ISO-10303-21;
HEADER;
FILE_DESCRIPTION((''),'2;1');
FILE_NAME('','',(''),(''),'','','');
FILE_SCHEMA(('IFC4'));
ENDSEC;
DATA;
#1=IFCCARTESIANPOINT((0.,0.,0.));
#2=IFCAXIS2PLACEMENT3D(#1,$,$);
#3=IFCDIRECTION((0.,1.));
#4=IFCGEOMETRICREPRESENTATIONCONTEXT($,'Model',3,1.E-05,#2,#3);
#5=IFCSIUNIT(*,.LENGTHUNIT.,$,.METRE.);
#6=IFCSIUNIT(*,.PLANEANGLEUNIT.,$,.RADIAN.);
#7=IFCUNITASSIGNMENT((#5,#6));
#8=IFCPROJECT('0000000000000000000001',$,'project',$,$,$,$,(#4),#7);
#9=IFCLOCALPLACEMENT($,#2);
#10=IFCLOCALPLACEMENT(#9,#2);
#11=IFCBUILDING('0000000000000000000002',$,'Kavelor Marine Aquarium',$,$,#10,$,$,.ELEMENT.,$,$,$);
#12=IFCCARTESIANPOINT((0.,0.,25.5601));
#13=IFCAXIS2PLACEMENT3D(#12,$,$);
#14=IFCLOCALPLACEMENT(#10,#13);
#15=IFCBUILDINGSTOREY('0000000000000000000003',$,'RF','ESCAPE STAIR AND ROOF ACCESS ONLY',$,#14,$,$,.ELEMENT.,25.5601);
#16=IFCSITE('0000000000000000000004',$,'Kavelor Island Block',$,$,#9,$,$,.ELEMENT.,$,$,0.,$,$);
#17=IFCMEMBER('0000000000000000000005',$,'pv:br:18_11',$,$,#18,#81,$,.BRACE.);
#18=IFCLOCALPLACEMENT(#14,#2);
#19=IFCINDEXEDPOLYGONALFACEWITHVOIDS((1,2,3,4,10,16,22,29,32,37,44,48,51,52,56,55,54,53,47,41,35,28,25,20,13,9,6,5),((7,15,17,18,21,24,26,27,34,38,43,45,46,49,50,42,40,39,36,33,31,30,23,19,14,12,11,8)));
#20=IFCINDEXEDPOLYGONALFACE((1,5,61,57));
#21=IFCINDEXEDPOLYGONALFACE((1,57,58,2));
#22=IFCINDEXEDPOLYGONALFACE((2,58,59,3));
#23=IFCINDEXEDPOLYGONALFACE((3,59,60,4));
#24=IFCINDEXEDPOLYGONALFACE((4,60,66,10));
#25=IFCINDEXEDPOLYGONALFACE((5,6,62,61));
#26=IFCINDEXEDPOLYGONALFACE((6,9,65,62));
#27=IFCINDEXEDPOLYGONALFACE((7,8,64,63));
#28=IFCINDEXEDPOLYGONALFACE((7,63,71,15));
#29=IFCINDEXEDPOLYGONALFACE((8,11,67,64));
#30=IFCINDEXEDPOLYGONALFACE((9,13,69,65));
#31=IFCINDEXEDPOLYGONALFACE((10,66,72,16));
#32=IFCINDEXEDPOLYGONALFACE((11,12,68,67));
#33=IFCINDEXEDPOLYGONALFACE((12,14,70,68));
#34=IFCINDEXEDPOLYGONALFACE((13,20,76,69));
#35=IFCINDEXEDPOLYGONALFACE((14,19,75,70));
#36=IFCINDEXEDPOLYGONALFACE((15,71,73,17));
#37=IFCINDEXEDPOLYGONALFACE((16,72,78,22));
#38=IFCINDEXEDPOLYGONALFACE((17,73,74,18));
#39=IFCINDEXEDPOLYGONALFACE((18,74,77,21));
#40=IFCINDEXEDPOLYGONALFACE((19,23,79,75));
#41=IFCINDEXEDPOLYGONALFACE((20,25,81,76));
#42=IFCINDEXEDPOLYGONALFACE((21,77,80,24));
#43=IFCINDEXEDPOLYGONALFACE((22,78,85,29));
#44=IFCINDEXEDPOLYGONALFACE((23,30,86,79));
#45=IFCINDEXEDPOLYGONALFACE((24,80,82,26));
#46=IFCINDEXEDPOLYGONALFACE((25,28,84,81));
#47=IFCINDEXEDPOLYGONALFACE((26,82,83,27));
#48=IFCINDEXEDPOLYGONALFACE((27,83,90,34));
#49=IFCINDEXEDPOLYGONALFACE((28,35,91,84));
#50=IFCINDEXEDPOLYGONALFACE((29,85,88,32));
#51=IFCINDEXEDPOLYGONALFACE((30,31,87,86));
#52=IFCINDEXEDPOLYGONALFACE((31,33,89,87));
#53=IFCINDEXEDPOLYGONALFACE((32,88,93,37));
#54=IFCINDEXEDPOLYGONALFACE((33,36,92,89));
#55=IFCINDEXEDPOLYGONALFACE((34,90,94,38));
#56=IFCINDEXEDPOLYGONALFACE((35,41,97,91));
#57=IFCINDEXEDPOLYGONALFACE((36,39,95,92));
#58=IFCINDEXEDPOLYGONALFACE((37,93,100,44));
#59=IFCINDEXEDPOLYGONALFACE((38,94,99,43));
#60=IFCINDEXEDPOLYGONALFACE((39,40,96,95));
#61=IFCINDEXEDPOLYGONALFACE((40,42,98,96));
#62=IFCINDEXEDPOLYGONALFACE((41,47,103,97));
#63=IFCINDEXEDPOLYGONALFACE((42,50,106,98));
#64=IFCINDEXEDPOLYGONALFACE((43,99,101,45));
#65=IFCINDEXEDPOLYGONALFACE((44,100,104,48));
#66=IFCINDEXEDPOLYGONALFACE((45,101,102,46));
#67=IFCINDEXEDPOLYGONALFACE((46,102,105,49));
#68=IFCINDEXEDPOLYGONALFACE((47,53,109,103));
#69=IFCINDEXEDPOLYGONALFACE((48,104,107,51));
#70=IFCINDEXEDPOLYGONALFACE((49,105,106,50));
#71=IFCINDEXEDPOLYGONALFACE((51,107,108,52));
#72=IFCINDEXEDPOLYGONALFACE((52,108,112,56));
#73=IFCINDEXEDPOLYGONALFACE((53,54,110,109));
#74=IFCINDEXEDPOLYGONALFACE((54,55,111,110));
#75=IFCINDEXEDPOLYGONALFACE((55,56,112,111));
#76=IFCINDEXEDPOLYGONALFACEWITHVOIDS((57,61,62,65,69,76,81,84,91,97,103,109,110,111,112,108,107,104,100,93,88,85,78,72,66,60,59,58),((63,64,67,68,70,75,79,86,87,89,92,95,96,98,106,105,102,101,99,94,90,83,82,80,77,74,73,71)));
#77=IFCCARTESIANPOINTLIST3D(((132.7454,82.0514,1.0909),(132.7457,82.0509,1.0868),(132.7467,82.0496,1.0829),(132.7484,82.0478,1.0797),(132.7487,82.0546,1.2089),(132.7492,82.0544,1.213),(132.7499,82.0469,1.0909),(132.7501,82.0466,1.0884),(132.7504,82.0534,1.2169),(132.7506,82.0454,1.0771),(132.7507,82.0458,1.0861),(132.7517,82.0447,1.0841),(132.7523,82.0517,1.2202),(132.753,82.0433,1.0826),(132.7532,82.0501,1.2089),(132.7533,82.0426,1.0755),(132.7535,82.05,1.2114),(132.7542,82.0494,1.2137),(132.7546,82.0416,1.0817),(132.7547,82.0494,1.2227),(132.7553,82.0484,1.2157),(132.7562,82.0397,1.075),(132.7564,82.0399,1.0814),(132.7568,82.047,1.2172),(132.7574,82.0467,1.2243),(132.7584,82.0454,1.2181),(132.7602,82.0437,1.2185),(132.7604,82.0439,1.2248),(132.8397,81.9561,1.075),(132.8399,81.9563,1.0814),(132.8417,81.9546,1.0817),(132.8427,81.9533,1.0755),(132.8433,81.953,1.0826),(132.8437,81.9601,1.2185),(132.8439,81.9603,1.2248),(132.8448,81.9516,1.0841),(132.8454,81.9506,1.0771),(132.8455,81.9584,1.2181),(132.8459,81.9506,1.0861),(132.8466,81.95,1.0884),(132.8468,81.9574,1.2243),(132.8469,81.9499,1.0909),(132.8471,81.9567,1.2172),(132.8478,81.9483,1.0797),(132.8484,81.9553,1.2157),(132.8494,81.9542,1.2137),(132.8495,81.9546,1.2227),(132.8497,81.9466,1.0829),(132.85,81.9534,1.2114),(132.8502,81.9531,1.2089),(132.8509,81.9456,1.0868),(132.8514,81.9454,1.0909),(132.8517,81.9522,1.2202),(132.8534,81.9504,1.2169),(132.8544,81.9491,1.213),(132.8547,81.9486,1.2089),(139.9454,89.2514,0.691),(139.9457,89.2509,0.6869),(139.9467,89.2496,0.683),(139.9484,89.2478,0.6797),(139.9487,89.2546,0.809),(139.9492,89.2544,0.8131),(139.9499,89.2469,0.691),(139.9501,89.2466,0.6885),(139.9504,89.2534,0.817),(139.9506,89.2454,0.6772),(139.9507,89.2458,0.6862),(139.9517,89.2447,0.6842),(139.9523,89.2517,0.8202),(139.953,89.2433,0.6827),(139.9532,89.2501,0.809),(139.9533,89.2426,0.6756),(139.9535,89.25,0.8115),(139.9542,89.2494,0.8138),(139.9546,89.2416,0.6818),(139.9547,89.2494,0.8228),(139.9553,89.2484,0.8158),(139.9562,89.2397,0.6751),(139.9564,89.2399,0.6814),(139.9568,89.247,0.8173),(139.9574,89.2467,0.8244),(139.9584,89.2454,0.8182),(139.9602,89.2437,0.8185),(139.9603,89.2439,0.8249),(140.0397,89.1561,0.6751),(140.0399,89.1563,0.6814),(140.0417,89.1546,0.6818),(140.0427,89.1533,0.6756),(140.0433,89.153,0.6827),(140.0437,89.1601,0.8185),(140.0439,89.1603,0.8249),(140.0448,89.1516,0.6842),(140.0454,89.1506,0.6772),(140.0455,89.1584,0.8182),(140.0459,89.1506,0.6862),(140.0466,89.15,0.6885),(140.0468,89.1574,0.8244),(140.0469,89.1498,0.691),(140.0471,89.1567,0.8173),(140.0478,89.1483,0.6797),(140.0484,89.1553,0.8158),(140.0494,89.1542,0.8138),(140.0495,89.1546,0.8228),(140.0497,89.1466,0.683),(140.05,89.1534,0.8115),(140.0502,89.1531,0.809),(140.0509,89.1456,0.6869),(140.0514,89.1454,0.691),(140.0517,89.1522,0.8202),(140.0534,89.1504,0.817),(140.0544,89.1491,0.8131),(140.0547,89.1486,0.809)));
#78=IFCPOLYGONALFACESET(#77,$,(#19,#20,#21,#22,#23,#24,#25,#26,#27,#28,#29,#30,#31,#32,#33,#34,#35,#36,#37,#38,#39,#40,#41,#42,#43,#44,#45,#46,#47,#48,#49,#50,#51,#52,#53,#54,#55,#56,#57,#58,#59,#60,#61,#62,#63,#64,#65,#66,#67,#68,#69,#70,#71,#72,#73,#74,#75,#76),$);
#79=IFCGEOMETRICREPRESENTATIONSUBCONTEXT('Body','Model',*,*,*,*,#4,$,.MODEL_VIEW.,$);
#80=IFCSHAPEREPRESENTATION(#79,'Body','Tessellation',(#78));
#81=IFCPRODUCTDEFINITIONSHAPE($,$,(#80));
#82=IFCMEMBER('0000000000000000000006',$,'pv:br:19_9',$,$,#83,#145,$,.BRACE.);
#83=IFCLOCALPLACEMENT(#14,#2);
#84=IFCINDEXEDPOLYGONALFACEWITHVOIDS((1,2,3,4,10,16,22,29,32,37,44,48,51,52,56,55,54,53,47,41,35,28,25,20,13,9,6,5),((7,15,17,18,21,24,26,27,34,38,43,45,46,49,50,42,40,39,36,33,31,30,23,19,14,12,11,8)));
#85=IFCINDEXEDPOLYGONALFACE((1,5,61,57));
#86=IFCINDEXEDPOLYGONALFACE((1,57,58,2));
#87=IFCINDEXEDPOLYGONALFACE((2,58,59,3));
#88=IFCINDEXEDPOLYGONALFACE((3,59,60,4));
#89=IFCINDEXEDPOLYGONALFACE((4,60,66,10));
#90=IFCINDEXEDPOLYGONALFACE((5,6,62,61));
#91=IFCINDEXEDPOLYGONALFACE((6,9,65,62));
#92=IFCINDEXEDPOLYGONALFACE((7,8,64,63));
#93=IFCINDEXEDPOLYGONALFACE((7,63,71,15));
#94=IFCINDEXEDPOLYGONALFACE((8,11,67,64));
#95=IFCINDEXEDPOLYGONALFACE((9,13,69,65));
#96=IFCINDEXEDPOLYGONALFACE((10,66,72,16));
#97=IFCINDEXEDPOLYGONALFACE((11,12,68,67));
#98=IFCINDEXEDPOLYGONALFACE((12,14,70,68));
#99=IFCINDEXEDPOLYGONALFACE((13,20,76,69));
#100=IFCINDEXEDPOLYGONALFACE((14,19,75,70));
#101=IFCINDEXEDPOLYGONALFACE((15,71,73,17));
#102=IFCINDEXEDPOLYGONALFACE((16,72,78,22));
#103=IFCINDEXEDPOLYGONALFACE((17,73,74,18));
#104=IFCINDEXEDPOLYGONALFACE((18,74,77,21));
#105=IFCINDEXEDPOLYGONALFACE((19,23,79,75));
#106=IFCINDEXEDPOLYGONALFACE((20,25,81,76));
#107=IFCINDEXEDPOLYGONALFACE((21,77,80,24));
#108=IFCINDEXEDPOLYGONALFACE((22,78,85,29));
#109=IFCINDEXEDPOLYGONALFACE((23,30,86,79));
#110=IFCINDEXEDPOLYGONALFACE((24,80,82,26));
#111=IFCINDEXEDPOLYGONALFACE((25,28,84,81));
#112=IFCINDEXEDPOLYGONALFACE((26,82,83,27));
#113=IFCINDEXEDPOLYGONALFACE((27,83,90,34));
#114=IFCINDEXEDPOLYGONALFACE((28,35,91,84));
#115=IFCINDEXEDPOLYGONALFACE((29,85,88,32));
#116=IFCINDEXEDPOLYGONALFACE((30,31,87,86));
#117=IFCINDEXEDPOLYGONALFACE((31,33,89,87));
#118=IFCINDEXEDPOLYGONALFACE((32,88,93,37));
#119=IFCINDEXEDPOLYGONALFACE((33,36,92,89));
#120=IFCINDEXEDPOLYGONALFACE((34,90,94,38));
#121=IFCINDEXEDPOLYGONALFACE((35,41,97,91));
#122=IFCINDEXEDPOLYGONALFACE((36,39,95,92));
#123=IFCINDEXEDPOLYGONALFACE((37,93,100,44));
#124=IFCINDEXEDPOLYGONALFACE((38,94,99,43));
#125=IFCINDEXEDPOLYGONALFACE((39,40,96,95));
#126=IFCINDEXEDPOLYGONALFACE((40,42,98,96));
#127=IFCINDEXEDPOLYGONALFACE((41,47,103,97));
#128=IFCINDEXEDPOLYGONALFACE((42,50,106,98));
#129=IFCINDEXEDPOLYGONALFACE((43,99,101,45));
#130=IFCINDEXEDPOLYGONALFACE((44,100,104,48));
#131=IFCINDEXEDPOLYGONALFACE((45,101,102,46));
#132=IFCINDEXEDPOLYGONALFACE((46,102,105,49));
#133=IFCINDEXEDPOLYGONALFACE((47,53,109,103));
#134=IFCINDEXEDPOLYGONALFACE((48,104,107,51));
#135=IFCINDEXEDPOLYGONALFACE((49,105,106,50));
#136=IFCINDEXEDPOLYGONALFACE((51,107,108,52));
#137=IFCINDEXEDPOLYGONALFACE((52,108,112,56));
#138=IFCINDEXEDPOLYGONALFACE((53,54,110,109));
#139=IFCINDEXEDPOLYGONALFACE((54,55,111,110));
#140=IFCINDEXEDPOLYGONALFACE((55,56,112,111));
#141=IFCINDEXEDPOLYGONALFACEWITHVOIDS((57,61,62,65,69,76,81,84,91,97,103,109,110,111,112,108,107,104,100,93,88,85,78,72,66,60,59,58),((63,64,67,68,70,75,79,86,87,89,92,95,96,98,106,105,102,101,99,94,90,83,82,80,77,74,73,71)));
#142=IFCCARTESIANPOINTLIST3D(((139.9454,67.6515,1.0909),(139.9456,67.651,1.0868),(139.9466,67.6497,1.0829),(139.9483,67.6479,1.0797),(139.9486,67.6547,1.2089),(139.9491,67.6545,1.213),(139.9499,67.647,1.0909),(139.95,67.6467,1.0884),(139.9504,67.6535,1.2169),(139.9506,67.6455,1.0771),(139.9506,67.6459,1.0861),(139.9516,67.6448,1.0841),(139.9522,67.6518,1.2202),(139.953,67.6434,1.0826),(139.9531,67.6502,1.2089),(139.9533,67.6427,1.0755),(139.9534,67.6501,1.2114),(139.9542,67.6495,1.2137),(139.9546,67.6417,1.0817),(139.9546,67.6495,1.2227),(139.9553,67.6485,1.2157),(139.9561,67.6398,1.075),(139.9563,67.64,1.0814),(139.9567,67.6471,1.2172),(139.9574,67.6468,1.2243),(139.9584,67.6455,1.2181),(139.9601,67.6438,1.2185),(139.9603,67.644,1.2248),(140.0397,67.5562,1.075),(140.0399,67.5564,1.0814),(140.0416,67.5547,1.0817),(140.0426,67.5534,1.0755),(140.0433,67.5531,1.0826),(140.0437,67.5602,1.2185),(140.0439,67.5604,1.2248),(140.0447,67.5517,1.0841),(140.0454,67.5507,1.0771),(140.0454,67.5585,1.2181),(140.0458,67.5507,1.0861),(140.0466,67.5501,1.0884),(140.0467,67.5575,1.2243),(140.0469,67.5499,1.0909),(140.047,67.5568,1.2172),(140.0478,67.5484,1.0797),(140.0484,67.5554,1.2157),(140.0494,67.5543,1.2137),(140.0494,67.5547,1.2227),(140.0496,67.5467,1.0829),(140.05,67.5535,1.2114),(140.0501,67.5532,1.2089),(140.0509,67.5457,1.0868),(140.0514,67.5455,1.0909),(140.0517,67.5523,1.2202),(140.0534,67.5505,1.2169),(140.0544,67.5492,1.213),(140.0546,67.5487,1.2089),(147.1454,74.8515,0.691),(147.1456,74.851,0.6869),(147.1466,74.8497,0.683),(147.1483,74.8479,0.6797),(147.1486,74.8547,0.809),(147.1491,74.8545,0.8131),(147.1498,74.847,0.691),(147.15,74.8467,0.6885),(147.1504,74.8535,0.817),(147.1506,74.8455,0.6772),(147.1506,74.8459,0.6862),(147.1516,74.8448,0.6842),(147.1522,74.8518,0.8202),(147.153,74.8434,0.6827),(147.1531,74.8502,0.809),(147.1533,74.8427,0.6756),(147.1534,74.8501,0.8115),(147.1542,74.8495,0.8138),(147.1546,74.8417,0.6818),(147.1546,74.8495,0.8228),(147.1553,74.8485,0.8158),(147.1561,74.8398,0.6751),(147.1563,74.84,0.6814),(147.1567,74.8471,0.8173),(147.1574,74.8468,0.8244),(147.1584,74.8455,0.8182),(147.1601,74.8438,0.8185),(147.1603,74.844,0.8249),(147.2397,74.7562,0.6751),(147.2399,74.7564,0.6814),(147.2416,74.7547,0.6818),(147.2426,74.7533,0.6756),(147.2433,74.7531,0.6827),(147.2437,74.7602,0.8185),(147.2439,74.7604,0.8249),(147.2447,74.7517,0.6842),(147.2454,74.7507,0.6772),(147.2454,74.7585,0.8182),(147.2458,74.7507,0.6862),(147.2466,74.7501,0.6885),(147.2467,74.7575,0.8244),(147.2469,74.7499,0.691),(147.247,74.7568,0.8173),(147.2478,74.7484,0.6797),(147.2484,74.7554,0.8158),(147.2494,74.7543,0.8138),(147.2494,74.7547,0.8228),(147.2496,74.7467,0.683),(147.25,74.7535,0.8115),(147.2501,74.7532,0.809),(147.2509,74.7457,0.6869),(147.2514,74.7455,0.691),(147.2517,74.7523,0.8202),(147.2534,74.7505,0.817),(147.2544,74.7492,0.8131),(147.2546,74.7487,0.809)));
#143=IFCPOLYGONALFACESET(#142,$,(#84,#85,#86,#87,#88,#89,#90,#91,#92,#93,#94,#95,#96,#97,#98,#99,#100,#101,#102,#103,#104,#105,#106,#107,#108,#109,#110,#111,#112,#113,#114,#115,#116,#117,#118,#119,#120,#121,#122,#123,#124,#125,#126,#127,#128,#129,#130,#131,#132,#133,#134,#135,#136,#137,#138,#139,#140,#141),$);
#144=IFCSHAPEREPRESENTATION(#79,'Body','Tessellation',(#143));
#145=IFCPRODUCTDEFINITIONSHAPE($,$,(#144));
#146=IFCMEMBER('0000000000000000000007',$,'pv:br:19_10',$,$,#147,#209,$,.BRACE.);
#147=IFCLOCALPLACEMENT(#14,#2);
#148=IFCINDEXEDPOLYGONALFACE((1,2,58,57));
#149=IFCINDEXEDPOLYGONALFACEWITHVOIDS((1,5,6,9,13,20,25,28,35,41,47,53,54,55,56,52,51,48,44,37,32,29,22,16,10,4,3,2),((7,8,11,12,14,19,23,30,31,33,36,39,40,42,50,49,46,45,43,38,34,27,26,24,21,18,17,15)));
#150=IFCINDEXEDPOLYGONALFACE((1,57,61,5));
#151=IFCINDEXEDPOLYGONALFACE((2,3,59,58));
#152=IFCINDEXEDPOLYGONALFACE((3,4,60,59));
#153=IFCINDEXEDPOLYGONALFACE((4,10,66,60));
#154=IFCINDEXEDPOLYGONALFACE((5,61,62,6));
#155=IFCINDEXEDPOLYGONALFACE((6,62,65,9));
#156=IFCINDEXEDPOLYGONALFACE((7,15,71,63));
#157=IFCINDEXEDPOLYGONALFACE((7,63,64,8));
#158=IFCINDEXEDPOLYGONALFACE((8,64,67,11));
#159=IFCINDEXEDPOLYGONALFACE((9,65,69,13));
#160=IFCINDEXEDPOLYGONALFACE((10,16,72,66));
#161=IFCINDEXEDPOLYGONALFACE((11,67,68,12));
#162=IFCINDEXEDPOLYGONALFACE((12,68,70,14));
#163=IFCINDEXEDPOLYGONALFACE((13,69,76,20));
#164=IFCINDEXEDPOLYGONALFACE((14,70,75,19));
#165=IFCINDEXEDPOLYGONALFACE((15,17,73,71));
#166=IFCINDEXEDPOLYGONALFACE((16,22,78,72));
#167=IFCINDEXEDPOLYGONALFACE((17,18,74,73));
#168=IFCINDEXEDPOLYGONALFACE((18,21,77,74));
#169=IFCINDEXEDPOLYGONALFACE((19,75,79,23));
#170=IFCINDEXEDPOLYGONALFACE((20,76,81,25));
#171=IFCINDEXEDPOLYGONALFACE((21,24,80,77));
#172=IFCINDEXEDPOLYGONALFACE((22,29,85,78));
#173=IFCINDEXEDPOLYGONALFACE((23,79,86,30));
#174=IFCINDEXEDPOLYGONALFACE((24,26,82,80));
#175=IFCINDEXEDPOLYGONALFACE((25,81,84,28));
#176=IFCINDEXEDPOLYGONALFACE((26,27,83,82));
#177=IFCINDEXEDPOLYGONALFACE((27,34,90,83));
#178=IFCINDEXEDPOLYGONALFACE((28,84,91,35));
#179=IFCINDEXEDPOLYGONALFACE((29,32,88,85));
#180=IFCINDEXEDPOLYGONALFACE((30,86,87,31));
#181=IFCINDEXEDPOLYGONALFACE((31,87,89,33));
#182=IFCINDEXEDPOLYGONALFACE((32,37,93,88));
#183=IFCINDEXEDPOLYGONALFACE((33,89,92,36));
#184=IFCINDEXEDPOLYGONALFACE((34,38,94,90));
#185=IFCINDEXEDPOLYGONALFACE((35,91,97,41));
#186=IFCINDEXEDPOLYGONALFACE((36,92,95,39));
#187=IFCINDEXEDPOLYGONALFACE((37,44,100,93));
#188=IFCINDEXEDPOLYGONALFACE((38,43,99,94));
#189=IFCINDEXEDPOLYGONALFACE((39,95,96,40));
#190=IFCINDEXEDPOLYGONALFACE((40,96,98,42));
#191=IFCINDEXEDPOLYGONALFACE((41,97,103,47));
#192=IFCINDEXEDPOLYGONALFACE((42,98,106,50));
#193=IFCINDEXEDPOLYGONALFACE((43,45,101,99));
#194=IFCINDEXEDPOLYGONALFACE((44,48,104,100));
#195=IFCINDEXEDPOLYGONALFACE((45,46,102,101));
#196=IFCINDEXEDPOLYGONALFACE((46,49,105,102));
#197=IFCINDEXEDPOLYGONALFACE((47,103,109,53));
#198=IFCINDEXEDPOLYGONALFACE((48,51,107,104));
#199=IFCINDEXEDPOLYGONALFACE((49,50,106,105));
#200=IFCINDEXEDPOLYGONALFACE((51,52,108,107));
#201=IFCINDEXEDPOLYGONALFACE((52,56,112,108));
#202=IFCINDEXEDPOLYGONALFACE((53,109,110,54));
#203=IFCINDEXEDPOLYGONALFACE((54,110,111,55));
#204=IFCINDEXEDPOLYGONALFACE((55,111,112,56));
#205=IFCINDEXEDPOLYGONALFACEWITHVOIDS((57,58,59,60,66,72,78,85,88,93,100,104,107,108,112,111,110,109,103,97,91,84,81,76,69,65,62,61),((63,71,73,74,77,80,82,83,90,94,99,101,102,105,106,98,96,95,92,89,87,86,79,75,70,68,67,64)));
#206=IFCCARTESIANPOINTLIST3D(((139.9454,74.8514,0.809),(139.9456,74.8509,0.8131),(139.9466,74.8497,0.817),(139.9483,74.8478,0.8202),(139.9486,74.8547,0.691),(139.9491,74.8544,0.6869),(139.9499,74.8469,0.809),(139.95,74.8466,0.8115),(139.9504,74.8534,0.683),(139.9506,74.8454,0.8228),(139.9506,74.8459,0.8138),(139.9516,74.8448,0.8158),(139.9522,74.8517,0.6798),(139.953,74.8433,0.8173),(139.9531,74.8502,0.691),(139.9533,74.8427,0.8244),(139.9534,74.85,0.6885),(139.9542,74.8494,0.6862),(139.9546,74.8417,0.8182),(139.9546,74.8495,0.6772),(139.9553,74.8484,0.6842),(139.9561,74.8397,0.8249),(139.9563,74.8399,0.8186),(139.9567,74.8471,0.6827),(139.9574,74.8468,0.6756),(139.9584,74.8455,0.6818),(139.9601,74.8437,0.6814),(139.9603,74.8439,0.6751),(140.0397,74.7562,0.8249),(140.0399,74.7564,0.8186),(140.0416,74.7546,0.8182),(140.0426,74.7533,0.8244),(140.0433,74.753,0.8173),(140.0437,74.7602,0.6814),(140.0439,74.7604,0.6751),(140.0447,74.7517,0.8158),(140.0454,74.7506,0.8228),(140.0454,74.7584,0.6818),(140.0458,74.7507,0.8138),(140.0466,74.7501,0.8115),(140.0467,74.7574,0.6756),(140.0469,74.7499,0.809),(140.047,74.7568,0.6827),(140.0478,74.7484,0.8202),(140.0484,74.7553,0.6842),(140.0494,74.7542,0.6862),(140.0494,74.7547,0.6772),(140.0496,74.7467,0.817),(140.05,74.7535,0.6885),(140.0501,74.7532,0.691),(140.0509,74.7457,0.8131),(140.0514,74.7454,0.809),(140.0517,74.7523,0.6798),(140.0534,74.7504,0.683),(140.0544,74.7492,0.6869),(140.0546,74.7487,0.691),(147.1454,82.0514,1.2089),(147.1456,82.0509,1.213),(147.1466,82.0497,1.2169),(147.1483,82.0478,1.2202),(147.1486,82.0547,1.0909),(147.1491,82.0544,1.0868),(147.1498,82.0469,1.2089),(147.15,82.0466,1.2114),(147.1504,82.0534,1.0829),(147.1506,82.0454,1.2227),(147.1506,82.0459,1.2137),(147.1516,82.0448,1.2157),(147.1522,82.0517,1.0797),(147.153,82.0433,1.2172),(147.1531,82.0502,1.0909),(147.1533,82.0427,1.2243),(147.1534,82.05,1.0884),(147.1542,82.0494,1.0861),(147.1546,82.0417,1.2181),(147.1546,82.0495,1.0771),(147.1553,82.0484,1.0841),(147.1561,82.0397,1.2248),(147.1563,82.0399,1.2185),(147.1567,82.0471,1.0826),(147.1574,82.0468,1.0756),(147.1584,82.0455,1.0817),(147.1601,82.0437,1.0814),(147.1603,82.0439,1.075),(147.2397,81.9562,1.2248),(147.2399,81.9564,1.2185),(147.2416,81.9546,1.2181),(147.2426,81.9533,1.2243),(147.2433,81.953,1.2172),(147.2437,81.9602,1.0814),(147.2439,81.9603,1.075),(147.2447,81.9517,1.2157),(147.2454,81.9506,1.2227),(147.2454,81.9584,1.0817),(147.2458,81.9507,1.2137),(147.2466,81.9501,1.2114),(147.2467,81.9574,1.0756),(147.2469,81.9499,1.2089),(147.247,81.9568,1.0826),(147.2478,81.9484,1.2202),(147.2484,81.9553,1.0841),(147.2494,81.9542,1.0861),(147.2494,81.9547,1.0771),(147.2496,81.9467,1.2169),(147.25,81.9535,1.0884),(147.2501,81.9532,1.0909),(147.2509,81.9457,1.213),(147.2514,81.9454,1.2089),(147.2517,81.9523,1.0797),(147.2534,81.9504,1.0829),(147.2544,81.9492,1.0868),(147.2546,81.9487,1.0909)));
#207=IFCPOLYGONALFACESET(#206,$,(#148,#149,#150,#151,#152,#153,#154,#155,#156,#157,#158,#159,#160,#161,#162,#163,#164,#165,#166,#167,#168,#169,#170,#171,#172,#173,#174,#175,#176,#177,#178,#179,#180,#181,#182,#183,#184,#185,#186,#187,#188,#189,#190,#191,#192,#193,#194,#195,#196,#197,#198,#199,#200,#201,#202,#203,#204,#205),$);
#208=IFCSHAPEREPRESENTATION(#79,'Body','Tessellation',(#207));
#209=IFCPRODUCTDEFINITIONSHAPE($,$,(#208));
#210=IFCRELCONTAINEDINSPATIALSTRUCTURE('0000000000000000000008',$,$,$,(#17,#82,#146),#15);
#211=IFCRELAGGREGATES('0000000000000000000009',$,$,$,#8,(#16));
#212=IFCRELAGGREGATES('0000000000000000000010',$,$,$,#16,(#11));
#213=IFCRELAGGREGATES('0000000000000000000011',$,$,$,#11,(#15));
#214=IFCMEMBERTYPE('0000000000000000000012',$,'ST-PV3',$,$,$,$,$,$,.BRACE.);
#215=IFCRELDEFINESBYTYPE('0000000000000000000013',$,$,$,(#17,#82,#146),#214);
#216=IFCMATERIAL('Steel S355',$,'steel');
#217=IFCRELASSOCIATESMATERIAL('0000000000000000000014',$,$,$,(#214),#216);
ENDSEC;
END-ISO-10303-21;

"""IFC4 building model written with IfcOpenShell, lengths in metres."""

from ifc_helpers import new_model, si_unit, direction, frame, origin, origin_2d, place, context, subcontext, project, spatial, hollow_rectangle, extrude, material, material_profile, profile_set, type_object, element, save


model = new_model("IFC4")

# Units and contexts
model_context = context("Model", 3, precision=1e-05, world=origin(), true_north=direction((0.0, 1.0)))
body_context = subcontext(model_context, "Body", "Model", "MODEL_VIEW")
ifc_project = project(units=[si_unit("LENGTHUNIT", "METRE"), si_unit("PLANEANGLEUNIT", "RADIAN")], contexts=[model_context])

# Site, building, storey
site_placement = place(None, origin())
site = spatial("IfcSite", under=ifc_project, at=site_placement, Name="Kavelor Island Block", CompositionType="ELEMENT", RefElevation=0.0)
building_placement = place(site_placement, origin())
building = spatial("IfcBuilding", under=site, at=building_placement, Name="Kavelor Marine Aquarium", CompositionType="ELEMENT")
storey_placement = place(building_placement, frame((0.0, 0.0, 25.5601)))
storey = spatial("IfcBuildingStorey", under=building, at=storey_placement, Name="RF", Description="ESCAPE STAIR AND ROOF ACCESS ONLY", CompositionType="ELEMENT", Elevation=25.5601)

# Members
ifc_material_1 = material(Name="Steel S355", Category="steel")
ifc_material_profile_1 = material_profile(ifc_material_1, hollow_rectangle(XDim=0.1499, YDim=0.1499, WallThickness=0.0063, InnerFilletRadius=0.0095, OuterFilletRadius=0.0159, at=origin_2d()), Name="SHS 150x150x6.3")
ifc_profile_set_1 = profile_set([ifc_material_profile_1], Name="Steel S355")
member_type_1 = type_object("IfcMemberType", Name="ST-PV3", PredefinedType="BRACE", material=ifc_profile_set_1)
for number, where, z_axis, x_axis, name in (
    (1, (132.8, 82.0, 1.1499), (0.706562, 0.706562, -0.039244), (-0.707107, 0.707107, 0.0), "pv:br:18_11"),
    (2, (140.0, 67.6001, 1.1499), (0.706562, 0.706562, -0.039244), (-0.707107, 0.707107, 0.0), "pv:br:19_9"),
    (3, (140.0, 74.8, 0.75), (0.706562, 0.706562, 0.039244), (-0.707107, 0.707107, 0.0), "pv:br:19_10"),
):
    element("IfcMember", number, at=place(storey_placement, frame(where, z_axis=z_axis, x_axis=x_axis)), inside=storey, type_object=member_type_1, Name=name, PredefinedType="BRACE", context=body_context, shape_type="SweptSolid", body=[
        extrude(hollow_rectangle(XDim=0.1499, YDim=0.1499, WallThickness=0.0063, InnerFilletRadius=0.0095, OuterFilletRadius=0.0159, at=origin_2d()), origin(), (0.0, 0.0, 1.0), 10.1902),
    ])

save(model, "model.ifc")
